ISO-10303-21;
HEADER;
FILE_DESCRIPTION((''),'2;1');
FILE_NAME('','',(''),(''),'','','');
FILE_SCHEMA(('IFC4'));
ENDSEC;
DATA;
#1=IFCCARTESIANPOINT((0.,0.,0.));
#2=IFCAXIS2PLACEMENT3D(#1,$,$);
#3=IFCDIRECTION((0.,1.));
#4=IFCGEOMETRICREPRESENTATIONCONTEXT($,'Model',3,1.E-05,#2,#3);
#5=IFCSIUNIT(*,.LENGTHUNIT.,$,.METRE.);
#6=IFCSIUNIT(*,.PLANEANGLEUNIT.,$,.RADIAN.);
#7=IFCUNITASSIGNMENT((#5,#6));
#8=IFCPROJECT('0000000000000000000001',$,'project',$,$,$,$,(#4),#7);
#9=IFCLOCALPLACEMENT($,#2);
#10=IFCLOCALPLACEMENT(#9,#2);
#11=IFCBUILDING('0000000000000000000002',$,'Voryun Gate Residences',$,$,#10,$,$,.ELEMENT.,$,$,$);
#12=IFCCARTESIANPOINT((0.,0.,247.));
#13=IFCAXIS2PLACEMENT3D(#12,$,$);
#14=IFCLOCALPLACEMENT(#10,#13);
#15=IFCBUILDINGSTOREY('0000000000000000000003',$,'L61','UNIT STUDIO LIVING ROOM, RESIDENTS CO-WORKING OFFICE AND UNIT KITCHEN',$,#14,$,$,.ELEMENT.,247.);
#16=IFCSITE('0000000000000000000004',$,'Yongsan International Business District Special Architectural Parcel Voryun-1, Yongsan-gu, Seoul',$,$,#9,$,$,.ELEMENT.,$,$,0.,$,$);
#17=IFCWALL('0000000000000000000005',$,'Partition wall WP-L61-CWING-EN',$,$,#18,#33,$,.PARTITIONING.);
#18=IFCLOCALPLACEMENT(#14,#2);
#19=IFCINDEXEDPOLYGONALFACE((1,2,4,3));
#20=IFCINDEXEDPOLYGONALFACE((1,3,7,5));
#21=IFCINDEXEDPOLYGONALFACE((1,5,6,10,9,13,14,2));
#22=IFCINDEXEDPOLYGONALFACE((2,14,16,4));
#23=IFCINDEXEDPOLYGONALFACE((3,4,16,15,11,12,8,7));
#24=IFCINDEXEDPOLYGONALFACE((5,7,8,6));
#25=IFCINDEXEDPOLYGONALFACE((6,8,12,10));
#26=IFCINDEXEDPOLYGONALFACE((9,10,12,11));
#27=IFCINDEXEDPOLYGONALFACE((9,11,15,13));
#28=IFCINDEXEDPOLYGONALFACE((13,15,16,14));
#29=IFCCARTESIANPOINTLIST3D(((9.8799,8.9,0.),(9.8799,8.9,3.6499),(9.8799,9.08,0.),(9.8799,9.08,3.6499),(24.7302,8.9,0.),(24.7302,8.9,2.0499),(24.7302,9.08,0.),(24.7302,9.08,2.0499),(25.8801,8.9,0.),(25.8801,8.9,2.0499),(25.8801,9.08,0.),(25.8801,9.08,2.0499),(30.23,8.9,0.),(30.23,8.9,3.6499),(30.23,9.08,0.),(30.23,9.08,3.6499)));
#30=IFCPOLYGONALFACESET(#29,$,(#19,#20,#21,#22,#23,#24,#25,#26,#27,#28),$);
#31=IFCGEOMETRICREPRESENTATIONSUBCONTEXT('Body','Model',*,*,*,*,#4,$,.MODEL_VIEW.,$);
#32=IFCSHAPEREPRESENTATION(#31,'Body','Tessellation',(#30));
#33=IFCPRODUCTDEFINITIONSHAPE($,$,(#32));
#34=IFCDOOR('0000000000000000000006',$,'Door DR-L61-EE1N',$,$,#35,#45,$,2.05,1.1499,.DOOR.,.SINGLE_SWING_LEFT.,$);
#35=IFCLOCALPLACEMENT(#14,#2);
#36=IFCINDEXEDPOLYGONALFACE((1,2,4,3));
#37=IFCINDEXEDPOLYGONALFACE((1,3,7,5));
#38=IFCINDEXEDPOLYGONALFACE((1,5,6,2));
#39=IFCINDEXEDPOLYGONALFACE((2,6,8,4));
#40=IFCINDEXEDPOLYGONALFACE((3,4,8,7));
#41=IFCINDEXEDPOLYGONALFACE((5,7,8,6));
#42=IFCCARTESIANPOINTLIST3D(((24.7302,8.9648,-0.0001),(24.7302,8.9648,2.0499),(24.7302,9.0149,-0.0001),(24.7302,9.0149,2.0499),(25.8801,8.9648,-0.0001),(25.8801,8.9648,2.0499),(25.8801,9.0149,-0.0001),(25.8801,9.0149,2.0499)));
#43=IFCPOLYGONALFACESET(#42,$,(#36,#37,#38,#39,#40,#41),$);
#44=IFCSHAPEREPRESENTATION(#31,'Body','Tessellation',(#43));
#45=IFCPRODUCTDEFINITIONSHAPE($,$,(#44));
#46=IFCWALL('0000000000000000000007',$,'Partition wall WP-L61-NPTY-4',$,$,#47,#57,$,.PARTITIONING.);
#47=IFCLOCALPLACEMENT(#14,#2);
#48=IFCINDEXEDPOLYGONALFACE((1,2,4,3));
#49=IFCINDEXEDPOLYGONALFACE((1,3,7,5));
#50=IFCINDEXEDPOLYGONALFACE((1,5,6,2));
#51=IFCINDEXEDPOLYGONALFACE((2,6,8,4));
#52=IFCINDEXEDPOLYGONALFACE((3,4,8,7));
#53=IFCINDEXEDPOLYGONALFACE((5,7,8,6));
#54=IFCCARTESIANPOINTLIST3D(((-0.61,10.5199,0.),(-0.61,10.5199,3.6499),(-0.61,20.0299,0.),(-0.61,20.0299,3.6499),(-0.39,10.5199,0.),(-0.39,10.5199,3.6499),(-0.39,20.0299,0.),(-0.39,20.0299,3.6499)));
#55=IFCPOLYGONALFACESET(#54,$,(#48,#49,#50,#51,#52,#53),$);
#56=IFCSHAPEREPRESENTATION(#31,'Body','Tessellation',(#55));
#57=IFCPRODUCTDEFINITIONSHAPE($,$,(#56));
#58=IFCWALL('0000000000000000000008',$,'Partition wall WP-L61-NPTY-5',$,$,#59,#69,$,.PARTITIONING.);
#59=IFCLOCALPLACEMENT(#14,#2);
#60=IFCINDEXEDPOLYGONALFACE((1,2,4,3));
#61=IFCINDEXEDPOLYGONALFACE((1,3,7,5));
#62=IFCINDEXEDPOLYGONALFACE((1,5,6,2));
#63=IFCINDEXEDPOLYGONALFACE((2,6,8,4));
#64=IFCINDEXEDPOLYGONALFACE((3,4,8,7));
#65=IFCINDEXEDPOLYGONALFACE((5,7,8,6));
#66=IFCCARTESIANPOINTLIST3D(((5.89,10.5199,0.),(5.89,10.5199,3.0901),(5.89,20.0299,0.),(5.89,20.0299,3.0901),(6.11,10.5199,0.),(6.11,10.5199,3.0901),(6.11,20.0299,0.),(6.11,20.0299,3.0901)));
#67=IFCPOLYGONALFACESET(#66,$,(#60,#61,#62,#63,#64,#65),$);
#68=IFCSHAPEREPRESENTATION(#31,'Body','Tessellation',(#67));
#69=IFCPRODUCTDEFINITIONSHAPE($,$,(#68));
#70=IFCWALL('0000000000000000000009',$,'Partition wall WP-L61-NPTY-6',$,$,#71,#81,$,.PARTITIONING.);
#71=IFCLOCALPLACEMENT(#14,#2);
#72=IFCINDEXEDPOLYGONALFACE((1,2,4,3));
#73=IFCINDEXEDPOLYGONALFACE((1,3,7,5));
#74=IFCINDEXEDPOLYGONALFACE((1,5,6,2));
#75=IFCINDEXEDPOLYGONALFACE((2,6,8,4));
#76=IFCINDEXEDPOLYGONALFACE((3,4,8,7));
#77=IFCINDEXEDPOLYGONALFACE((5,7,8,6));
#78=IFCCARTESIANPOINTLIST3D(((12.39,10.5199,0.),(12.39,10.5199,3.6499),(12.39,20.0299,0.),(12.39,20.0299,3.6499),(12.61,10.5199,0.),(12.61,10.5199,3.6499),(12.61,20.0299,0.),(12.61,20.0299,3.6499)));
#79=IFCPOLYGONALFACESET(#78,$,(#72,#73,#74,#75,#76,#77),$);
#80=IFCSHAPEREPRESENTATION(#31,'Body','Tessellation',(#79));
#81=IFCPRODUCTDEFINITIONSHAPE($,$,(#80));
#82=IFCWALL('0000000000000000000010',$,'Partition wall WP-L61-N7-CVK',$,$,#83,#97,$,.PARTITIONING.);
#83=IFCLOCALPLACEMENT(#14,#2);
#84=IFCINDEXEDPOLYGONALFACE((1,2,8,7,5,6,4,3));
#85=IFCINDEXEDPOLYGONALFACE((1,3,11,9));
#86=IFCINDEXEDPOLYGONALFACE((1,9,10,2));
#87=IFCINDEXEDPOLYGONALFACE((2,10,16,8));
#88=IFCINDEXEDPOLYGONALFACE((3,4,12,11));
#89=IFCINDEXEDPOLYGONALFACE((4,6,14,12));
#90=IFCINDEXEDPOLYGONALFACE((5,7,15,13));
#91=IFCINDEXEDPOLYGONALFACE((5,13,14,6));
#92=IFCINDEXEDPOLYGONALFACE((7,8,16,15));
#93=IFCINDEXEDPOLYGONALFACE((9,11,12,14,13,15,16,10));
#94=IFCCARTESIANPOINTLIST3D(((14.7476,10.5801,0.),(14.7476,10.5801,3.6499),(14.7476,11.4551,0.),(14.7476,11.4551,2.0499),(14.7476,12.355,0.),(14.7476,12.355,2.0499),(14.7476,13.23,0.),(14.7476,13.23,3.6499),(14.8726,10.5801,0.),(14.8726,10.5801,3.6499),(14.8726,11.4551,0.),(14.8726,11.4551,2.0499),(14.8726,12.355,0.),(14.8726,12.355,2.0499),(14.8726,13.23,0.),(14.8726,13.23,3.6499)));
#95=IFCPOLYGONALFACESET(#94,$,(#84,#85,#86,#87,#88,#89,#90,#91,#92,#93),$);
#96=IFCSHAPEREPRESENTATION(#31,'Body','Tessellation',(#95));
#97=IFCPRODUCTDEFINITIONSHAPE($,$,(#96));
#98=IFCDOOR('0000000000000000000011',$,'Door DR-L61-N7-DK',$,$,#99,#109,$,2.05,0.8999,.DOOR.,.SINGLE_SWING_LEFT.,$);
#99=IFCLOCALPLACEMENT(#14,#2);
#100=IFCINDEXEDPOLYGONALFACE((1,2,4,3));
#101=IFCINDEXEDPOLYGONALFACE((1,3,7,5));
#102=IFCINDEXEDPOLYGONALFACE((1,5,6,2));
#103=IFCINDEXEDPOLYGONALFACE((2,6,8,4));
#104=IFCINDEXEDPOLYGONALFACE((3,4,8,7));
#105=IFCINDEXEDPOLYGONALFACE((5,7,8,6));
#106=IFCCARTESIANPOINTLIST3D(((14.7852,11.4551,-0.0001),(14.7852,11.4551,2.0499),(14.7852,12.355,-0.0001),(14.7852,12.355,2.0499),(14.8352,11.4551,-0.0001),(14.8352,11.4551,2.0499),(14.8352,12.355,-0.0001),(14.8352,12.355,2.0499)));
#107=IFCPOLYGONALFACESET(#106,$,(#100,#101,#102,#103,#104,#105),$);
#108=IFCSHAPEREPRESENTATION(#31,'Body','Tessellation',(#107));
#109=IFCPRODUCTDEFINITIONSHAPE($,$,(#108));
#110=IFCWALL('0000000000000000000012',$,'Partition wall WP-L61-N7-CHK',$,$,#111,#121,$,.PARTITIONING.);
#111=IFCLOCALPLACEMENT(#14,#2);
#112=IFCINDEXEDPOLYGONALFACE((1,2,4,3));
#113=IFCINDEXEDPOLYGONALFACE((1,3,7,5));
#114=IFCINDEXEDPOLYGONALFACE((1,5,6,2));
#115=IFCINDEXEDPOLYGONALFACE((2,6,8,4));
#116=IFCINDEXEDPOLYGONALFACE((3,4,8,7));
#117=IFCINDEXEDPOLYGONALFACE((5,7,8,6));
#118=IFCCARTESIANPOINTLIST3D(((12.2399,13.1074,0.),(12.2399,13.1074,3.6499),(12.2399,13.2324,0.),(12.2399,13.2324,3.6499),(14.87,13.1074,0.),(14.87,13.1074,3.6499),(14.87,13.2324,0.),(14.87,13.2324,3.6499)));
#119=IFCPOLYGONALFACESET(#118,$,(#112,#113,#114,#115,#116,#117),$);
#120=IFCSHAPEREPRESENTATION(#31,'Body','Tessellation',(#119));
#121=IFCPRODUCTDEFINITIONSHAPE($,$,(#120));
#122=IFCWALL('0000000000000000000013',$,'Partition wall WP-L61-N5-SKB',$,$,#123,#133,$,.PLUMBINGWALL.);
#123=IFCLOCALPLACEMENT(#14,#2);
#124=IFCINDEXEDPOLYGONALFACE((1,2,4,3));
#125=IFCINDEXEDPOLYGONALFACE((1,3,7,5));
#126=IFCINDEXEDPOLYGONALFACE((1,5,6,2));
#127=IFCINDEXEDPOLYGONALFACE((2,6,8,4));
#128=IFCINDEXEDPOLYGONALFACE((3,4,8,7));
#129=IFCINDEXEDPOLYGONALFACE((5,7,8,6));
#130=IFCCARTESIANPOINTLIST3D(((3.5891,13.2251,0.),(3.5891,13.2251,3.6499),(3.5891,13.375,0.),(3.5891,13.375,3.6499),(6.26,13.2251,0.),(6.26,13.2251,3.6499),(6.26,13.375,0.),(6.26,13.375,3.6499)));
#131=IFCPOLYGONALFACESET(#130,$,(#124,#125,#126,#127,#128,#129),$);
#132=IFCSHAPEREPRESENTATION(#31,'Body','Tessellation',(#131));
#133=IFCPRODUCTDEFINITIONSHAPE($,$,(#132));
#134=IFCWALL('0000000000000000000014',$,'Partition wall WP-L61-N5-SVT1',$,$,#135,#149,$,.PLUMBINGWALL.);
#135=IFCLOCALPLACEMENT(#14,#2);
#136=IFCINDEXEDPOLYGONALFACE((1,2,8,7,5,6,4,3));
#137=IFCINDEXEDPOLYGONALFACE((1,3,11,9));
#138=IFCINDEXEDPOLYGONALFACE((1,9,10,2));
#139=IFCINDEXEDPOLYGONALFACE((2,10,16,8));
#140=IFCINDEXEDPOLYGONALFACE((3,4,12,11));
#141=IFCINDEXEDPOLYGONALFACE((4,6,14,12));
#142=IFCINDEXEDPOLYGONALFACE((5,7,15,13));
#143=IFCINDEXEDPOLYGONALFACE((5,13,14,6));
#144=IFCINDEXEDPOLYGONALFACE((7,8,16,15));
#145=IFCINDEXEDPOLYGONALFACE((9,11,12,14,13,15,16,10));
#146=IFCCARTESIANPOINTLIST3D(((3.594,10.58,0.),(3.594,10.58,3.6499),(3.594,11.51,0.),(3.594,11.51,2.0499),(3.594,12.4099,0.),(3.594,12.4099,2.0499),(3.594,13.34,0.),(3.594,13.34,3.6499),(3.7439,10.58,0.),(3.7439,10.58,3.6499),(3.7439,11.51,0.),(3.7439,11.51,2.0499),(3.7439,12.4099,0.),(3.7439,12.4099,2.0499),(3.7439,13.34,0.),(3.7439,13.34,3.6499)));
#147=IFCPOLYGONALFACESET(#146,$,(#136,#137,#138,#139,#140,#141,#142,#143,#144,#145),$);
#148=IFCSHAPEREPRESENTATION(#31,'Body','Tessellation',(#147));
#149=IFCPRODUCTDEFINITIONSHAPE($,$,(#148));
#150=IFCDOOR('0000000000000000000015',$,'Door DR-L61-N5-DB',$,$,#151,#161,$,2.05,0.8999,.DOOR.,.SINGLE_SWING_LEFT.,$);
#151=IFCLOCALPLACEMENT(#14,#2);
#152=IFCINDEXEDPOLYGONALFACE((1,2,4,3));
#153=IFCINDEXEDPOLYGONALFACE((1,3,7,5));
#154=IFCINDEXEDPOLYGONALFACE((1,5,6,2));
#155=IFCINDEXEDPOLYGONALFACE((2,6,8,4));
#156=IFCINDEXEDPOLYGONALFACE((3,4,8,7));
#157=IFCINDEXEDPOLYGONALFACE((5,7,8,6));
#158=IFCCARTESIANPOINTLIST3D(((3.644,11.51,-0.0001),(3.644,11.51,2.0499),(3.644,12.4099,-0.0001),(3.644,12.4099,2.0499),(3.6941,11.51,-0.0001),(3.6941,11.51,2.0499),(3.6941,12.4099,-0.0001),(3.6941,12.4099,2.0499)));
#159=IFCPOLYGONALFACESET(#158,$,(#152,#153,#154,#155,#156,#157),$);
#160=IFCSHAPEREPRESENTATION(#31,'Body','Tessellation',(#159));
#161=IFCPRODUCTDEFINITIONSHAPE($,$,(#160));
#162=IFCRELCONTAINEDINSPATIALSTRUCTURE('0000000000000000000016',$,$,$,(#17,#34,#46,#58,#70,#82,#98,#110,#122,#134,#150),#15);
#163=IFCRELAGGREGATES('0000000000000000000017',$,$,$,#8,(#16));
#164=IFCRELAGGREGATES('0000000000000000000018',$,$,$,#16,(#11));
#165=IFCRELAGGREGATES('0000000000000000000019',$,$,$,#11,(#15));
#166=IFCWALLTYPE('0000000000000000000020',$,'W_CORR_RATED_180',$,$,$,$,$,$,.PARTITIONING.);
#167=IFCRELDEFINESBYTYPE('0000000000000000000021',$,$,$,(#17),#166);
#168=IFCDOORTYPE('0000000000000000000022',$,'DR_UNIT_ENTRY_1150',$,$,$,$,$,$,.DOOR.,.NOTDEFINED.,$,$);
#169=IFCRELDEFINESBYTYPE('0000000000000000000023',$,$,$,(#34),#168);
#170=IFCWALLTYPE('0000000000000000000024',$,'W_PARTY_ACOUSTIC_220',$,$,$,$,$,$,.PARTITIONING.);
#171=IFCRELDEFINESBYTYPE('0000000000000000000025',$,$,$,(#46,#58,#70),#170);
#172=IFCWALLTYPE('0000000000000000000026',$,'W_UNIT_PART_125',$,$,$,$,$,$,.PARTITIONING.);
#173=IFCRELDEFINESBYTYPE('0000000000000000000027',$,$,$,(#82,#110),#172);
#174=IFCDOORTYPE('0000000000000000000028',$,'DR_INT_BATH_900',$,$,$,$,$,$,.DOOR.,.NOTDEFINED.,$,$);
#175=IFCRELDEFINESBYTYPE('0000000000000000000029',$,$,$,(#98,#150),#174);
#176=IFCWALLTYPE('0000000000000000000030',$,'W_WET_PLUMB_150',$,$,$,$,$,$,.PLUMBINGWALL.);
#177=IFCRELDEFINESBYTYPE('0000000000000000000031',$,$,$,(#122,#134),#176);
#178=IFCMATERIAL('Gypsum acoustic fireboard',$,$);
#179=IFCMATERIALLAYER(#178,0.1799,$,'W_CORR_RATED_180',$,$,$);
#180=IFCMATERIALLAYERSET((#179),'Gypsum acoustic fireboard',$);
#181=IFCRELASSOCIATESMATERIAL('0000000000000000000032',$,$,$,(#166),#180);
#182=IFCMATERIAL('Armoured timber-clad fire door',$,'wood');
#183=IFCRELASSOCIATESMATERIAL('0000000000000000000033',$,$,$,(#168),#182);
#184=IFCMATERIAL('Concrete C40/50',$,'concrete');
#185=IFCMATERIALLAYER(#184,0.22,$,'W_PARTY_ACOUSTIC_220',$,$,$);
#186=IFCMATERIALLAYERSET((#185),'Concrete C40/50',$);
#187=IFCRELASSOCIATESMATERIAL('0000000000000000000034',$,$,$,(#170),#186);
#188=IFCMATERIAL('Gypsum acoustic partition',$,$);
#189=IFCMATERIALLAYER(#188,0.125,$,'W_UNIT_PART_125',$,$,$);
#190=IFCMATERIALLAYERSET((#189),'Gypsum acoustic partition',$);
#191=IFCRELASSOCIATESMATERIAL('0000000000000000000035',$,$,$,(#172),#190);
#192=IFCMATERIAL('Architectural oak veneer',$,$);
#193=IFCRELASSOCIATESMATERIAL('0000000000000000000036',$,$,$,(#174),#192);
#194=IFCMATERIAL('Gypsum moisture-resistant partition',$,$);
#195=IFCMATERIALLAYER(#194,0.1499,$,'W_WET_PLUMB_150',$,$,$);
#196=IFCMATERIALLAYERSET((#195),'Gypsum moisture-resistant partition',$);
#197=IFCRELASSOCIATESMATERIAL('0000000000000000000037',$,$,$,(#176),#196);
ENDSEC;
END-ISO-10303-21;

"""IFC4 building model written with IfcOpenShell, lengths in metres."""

from ifc_helpers import new_model, si_unit, direction, frame, frame_2d, origin, place, context, subcontext, project, spatial, rectangle, extrude, material, layer, layer_set, type_object, element, fill, save


model = new_model("IFC4")

# Units and contexts
model_context = context("Model", 3, precision=1e-05, world=origin(), true_north=direction((0.0, 1.0)))
body_context = subcontext(model_context, "Body", "Model", "MODEL_VIEW")
ifc_project = project(units=[si_unit("LENGTHUNIT", "METRE"), si_unit("PLANEANGLEUNIT", "RADIAN")], contexts=[model_context])

# Site, building, storey
site_placement = place(None, origin())
site = spatial("IfcSite", under=ifc_project, at=site_placement, Name="Yongsan International Business District Special Architectural Parcel Voryun-1, Yongsan-gu, Seoul", CompositionType="ELEMENT", RefElevation=0.0)
building_placement = place(site_placement, origin())
building = spatial("IfcBuilding", under=site, at=building_placement, Name="Voryun Gate Residences", CompositionType="ELEMENT")
storey_placement = place(building_placement, frame((0.0, 0.0, 247.0)))
storey = spatial("IfcBuildingStorey", under=building, at=storey_placement, Name="L61", Description="UNIT STUDIO LIVING ROOM, RESIDENTS CO-WORKING OFFICE AND UNIT KITCHEN", CompositionType="ELEMENT", Elevation=247.0)

# Wall, opening, door
ifc_material_1 = material(Name="Gypsum acoustic fireboard")
ifc_layer_1 = layer(ifc_material_1, 0.1799, Name="W_CORR_RATED_180")
ifc_layer_set_1 = layer_set([ifc_layer_1], Name="Gypsum acoustic fireboard")
wall_type_1 = type_object("IfcWallType", Name="W_CORR_RATED_180", PredefinedType="PARTITIONING", material=ifc_layer_set_1)
wall_1_placement = place(storey_placement, frame((9.8799, 8.99, 0.0), z_axis=(0.0, 0.0, 1.0), x_axis=(1.0, 0.0, 0.0)))
wall_1 = element("IfcWall", 1, at=wall_1_placement, inside=storey, type_object=wall_type_1, Name="Partition wall WP-L61-CWING-EN", PredefinedType="PARTITIONING", context=body_context, shape_type="SweptSolid", body=[
    extrude(rectangle(XDim=20.3501, YDim=0.1799, at=frame_2d((10.175, 0.0))), origin(), (0.0, 0.0, 1.0), 3.6499),
])
opening_1_placement = place(wall_1_placement, frame((14.8503, 0.0, 0.0)))
opening_1 = element("IfcOpeningElement", 2, at=opening_1_placement, cuts=wall_1, PredefinedType="OPENING", context=body_context, shape_type="SweptSolid", body=[
    extrude(rectangle(XDim=1.1499, YDim=2.05, at=frame_2d((0.575, 1.0249))), frame((0.0, 0.0999, 0.0), z_axis=(0.0, -1.0, 0.0), x_axis=(1.0, 0.0, 0.0)), (0.0, 0.0, 1.0), 0.2),
])
ifc_material_2 = material(Name="Armoured timber-clad fire door", Category="wood")
door_type_1 = type_object("IfcDoorType", Name="DR_UNIT_ENTRY_1150", OperationType="NOTDEFINED", PredefinedType="DOOR", material=ifc_material_2)
door_1_placement = place(opening_1_placement, origin())
door_1 = element("IfcDoor", 3, at=door_1_placement, inside=storey, type_object=door_type_1, Name="Door DR-L61-EE1N", OperationType="SINGLE_SWING_LEFT", OverallHeight=2.05, OverallWidth=1.1499, PredefinedType="DOOR", context=body_context, shape_type="SweptSolid", body=[
    extrude(rectangle(XDim=1.1499, YDim=2.05, at=frame_2d((0.575, 1.0249))), frame((0.0, 0.0249, 0.0), z_axis=(0.0, -1.0, 0.0), x_axis=(1.0, 0.0, 0.0)), (0.0, 0.0, 1.0), 0.05),
])
fill(opening_1, door_1)

# Walls
ifc_material_3 = material(Name="Concrete C40/50", Category="concrete")
ifc_layer_2 = layer(ifc_material_3, 0.22, Name="W_PARTY_ACOUSTIC_220")
ifc_layer_set_2 = layer_set([ifc_layer_2], Name="Concrete C40/50")
wall_type_2 = type_object("IfcWallType", Name="W_PARTY_ACOUSTIC_220", PredefinedType="PARTITIONING", material=ifc_layer_set_2)
wall_2_placement = place(storey_placement, frame((-0.5, 10.52, 0.0), z_axis=(0.0, 0.0, 1.0), x_axis=(0.0, 1.0, 0.0)))
element("IfcWall", 4, at=wall_2_placement, inside=storey, type_object=wall_type_2, Name="Partition wall WP-L61-NPTY-4", PredefinedType="PARTITIONING", context=body_context, shape_type="SweptSolid", body=[
    extrude(rectangle(XDim=9.51, YDim=0.22, at=frame_2d((4.7549, 0.0))), origin(), (0.0, 0.0, 1.0), 3.6499),
])
wall_3_placement = place(storey_placement, frame((6.0, 10.52, 0.0), z_axis=(0.0, 0.0, 1.0), x_axis=(0.0, 1.0, 0.0)))
element("IfcWall", 5, at=wall_3_placement, inside=storey, type_object=wall_type_2, Name="Partition wall WP-L61-NPTY-5", PredefinedType="PARTITIONING", context=body_context, shape_type="SweptSolid", body=[
    extrude(rectangle(XDim=9.51, YDim=0.22, at=frame_2d((4.7549, 0.0))), origin(), (0.0, 0.0, 1.0), 3.0901),
])
wall_4_placement = place(storey_placement, frame((12.5, 10.52, 0.0), z_axis=(0.0, 0.0, 1.0), x_axis=(0.0, 1.0, 0.0)))
element("IfcWall", 6, at=wall_4_placement, inside=storey, type_object=wall_type_2, Name="Partition wall WP-L61-NPTY-6", PredefinedType="PARTITIONING", context=body_context, shape_type="SweptSolid", body=[
    extrude(rectangle(XDim=9.51, YDim=0.22, at=frame_2d((4.7549, 0.0))), origin(), (0.0, 0.0, 1.0), 3.6499),
])

# Wall, opening, door
ifc_material_4 = material(Name="Gypsum acoustic partition")
ifc_layer_3 = layer(ifc_material_4, 0.125, Name="W_UNIT_PART_125")
ifc_layer_set_3 = layer_set([ifc_layer_3], Name="Gypsum acoustic partition")
wall_type_3 = type_object("IfcWallType", Name="W_UNIT_PART_125", PredefinedType="PARTITIONING", material=ifc_layer_set_3)
wall_5_placement = place(storey_placement, frame((14.8101, 10.5801, 0.0), z_axis=(0.0, 0.0, 1.0), x_axis=(0.0, 1.0, 0.0)))
wall_5 = element("IfcWall", 7, at=wall_5_placement, inside=storey, type_object=wall_type_3, Name="Partition wall WP-L61-N7-CVK", PredefinedType="PARTITIONING", context=body_context, shape_type="SweptSolid", body=[
    extrude(rectangle(XDim=2.6499, YDim=0.125, at=frame_2d((1.325, 0.0))), origin(), (0.0, 0.0, 1.0), 3.6499),
])
opening_2_placement = place(wall_5_placement, frame((0.875, 0.0, 0.0)))
opening_2 = element("IfcOpeningElement", 8, at=opening_2_placement, cuts=wall_5, PredefinedType="OPENING", context=body_context, shape_type="SweptSolid", body=[
    extrude(rectangle(XDim=0.8999, YDim=2.05, at=frame_2d((0.45, 1.0249))), frame((0.0, 0.0725, 0.0), z_axis=(0.0, -1.0, 0.0), x_axis=(1.0, 0.0, 0.0)), (0.0, 0.0, 1.0), 0.145),
])
ifc_material_5 = material(Name="Architectural oak veneer")
door_type_2 = type_object("IfcDoorType", Name="DR_INT_BATH_900", OperationType="NOTDEFINED", PredefinedType="DOOR", material=ifc_material_5)
door_2_placement = place(opening_2_placement, origin())
door_2 = element("IfcDoor", 9, at=door_2_placement, inside=storey, type_object=door_type_2, Name="Door DR-L61-N7-DK", OperationType="SINGLE_SWING_LEFT", OverallHeight=2.05, OverallWidth=0.8999, PredefinedType="DOOR", context=body_context, shape_type="SweptSolid", body=[
    extrude(rectangle(XDim=0.8999, YDim=2.05, at=frame_2d((0.45, 1.0249))), frame((0.0, 0.0249, 0.0), z_axis=(0.0, -1.0, 0.0), x_axis=(1.0, 0.0, 0.0)), (0.0, 0.0, 1.0), 0.05),
])
fill(opening_2, door_2)

# Walls
wall_6_placement = place(storey_placement, frame((12.24, 13.1699, 0.0), z_axis=(0.0, 0.0, 1.0), x_axis=(1.0, 0.0, 0.0)))
element("IfcWall", 10, at=wall_6_placement, inside=storey, type_object=wall_type_3, Name="Partition wall WP-L61-N7-CHK", PredefinedType="PARTITIONING", context=body_context, shape_type="SweptSolid", body=[
    extrude(rectangle(XDim=2.6301, YDim=0.125, at=frame_2d((1.3149, 0.0))), origin(), (0.0, 0.0, 1.0), 3.6499),
])
ifc_material_6 = material(Name="Gypsum moisture-resistant partition")
ifc_layer_4 = layer(ifc_material_6, 0.1499, Name="W_WET_PLUMB_150")
ifc_layer_set_4 = layer_set([ifc_layer_4], Name="Gypsum moisture-resistant partition")
wall_type_4 = type_object("IfcWallType", Name="W_WET_PLUMB_150", PredefinedType="PLUMBINGWALL", material=ifc_layer_set_4)
wall_7_placement = place(storey_placement, frame((3.5891, 13.3, 0.0), z_axis=(0.0, 0.0, 1.0), x_axis=(1.0, 0.0, 0.0)))
element("IfcWall", 11, at=wall_7_placement, inside=storey, type_object=wall_type_4, Name="Partition wall WP-L61-N5-SKB", PredefinedType="PLUMBINGWALL", context=body_context, shape_type="SweptSolid", body=[
    extrude(rectangle(XDim=2.6709, YDim=0.1499, at=frame_2d((1.3354, 0.0))), origin(), (0.0, 0.0, 1.0), 3.6499),
])

# Wall, opening, door
wall_8_placement = place(storey_placement, frame((3.6689, 10.5801, 0.0), z_axis=(0.0, 0.0, 1.0), x_axis=(0.0, 1.0, 0.0)))
wall_8 = element("IfcWall", 12, at=wall_8_placement, inside=storey, type_object=wall_type_4, Name="Partition wall WP-L61-N5-SVT1", PredefinedType="PLUMBINGWALL", context=body_context, shape_type="SweptSolid", body=[
    extrude(rectangle(XDim=2.76, YDim=0.1499, at=frame_2d((1.3799, 0.0))), origin(), (0.0, 0.0, 1.0), 3.6499),
])
opening_3_placement = place(wall_8_placement, frame((0.9299, 0.0, 0.0)))
opening_3 = element("IfcOpeningElement", 13, at=opening_3_placement, cuts=wall_8, PredefinedType="OPENING", context=body_context, shape_type="SweptSolid", body=[
    extrude(rectangle(XDim=0.8999, YDim=2.05, at=frame_2d((0.45, 1.0249))), frame((0.0, 0.085, 0.0), z_axis=(0.0, -1.0, 0.0), x_axis=(1.0, 0.0, 0.0)), (0.0, 0.0, 1.0), 0.1699),
])
door_3_placement = place(opening_3_placement, origin())
door_3 = element("IfcDoor", 14, at=door_3_placement, inside=storey, type_object=door_type_2, Name="Door DR-L61-N5-DB", OperationType="SINGLE_SWING_LEFT", OverallHeight=2.05, OverallWidth=0.8999, PredefinedType="DOOR", context=body_context, shape_type="SweptSolid", body=[
    extrude(rectangle(XDim=0.8999, YDim=2.05, at=frame_2d((0.45, 1.0249))), frame((0.0, 0.0249, 0.0), z_axis=(0.0, -1.0, 0.0), x_axis=(1.0, 0.0, 0.0)), (0.0, 0.0, 1.0), 0.05),
])
fill(opening_3, door_3)

save(model, "model.ifc")
